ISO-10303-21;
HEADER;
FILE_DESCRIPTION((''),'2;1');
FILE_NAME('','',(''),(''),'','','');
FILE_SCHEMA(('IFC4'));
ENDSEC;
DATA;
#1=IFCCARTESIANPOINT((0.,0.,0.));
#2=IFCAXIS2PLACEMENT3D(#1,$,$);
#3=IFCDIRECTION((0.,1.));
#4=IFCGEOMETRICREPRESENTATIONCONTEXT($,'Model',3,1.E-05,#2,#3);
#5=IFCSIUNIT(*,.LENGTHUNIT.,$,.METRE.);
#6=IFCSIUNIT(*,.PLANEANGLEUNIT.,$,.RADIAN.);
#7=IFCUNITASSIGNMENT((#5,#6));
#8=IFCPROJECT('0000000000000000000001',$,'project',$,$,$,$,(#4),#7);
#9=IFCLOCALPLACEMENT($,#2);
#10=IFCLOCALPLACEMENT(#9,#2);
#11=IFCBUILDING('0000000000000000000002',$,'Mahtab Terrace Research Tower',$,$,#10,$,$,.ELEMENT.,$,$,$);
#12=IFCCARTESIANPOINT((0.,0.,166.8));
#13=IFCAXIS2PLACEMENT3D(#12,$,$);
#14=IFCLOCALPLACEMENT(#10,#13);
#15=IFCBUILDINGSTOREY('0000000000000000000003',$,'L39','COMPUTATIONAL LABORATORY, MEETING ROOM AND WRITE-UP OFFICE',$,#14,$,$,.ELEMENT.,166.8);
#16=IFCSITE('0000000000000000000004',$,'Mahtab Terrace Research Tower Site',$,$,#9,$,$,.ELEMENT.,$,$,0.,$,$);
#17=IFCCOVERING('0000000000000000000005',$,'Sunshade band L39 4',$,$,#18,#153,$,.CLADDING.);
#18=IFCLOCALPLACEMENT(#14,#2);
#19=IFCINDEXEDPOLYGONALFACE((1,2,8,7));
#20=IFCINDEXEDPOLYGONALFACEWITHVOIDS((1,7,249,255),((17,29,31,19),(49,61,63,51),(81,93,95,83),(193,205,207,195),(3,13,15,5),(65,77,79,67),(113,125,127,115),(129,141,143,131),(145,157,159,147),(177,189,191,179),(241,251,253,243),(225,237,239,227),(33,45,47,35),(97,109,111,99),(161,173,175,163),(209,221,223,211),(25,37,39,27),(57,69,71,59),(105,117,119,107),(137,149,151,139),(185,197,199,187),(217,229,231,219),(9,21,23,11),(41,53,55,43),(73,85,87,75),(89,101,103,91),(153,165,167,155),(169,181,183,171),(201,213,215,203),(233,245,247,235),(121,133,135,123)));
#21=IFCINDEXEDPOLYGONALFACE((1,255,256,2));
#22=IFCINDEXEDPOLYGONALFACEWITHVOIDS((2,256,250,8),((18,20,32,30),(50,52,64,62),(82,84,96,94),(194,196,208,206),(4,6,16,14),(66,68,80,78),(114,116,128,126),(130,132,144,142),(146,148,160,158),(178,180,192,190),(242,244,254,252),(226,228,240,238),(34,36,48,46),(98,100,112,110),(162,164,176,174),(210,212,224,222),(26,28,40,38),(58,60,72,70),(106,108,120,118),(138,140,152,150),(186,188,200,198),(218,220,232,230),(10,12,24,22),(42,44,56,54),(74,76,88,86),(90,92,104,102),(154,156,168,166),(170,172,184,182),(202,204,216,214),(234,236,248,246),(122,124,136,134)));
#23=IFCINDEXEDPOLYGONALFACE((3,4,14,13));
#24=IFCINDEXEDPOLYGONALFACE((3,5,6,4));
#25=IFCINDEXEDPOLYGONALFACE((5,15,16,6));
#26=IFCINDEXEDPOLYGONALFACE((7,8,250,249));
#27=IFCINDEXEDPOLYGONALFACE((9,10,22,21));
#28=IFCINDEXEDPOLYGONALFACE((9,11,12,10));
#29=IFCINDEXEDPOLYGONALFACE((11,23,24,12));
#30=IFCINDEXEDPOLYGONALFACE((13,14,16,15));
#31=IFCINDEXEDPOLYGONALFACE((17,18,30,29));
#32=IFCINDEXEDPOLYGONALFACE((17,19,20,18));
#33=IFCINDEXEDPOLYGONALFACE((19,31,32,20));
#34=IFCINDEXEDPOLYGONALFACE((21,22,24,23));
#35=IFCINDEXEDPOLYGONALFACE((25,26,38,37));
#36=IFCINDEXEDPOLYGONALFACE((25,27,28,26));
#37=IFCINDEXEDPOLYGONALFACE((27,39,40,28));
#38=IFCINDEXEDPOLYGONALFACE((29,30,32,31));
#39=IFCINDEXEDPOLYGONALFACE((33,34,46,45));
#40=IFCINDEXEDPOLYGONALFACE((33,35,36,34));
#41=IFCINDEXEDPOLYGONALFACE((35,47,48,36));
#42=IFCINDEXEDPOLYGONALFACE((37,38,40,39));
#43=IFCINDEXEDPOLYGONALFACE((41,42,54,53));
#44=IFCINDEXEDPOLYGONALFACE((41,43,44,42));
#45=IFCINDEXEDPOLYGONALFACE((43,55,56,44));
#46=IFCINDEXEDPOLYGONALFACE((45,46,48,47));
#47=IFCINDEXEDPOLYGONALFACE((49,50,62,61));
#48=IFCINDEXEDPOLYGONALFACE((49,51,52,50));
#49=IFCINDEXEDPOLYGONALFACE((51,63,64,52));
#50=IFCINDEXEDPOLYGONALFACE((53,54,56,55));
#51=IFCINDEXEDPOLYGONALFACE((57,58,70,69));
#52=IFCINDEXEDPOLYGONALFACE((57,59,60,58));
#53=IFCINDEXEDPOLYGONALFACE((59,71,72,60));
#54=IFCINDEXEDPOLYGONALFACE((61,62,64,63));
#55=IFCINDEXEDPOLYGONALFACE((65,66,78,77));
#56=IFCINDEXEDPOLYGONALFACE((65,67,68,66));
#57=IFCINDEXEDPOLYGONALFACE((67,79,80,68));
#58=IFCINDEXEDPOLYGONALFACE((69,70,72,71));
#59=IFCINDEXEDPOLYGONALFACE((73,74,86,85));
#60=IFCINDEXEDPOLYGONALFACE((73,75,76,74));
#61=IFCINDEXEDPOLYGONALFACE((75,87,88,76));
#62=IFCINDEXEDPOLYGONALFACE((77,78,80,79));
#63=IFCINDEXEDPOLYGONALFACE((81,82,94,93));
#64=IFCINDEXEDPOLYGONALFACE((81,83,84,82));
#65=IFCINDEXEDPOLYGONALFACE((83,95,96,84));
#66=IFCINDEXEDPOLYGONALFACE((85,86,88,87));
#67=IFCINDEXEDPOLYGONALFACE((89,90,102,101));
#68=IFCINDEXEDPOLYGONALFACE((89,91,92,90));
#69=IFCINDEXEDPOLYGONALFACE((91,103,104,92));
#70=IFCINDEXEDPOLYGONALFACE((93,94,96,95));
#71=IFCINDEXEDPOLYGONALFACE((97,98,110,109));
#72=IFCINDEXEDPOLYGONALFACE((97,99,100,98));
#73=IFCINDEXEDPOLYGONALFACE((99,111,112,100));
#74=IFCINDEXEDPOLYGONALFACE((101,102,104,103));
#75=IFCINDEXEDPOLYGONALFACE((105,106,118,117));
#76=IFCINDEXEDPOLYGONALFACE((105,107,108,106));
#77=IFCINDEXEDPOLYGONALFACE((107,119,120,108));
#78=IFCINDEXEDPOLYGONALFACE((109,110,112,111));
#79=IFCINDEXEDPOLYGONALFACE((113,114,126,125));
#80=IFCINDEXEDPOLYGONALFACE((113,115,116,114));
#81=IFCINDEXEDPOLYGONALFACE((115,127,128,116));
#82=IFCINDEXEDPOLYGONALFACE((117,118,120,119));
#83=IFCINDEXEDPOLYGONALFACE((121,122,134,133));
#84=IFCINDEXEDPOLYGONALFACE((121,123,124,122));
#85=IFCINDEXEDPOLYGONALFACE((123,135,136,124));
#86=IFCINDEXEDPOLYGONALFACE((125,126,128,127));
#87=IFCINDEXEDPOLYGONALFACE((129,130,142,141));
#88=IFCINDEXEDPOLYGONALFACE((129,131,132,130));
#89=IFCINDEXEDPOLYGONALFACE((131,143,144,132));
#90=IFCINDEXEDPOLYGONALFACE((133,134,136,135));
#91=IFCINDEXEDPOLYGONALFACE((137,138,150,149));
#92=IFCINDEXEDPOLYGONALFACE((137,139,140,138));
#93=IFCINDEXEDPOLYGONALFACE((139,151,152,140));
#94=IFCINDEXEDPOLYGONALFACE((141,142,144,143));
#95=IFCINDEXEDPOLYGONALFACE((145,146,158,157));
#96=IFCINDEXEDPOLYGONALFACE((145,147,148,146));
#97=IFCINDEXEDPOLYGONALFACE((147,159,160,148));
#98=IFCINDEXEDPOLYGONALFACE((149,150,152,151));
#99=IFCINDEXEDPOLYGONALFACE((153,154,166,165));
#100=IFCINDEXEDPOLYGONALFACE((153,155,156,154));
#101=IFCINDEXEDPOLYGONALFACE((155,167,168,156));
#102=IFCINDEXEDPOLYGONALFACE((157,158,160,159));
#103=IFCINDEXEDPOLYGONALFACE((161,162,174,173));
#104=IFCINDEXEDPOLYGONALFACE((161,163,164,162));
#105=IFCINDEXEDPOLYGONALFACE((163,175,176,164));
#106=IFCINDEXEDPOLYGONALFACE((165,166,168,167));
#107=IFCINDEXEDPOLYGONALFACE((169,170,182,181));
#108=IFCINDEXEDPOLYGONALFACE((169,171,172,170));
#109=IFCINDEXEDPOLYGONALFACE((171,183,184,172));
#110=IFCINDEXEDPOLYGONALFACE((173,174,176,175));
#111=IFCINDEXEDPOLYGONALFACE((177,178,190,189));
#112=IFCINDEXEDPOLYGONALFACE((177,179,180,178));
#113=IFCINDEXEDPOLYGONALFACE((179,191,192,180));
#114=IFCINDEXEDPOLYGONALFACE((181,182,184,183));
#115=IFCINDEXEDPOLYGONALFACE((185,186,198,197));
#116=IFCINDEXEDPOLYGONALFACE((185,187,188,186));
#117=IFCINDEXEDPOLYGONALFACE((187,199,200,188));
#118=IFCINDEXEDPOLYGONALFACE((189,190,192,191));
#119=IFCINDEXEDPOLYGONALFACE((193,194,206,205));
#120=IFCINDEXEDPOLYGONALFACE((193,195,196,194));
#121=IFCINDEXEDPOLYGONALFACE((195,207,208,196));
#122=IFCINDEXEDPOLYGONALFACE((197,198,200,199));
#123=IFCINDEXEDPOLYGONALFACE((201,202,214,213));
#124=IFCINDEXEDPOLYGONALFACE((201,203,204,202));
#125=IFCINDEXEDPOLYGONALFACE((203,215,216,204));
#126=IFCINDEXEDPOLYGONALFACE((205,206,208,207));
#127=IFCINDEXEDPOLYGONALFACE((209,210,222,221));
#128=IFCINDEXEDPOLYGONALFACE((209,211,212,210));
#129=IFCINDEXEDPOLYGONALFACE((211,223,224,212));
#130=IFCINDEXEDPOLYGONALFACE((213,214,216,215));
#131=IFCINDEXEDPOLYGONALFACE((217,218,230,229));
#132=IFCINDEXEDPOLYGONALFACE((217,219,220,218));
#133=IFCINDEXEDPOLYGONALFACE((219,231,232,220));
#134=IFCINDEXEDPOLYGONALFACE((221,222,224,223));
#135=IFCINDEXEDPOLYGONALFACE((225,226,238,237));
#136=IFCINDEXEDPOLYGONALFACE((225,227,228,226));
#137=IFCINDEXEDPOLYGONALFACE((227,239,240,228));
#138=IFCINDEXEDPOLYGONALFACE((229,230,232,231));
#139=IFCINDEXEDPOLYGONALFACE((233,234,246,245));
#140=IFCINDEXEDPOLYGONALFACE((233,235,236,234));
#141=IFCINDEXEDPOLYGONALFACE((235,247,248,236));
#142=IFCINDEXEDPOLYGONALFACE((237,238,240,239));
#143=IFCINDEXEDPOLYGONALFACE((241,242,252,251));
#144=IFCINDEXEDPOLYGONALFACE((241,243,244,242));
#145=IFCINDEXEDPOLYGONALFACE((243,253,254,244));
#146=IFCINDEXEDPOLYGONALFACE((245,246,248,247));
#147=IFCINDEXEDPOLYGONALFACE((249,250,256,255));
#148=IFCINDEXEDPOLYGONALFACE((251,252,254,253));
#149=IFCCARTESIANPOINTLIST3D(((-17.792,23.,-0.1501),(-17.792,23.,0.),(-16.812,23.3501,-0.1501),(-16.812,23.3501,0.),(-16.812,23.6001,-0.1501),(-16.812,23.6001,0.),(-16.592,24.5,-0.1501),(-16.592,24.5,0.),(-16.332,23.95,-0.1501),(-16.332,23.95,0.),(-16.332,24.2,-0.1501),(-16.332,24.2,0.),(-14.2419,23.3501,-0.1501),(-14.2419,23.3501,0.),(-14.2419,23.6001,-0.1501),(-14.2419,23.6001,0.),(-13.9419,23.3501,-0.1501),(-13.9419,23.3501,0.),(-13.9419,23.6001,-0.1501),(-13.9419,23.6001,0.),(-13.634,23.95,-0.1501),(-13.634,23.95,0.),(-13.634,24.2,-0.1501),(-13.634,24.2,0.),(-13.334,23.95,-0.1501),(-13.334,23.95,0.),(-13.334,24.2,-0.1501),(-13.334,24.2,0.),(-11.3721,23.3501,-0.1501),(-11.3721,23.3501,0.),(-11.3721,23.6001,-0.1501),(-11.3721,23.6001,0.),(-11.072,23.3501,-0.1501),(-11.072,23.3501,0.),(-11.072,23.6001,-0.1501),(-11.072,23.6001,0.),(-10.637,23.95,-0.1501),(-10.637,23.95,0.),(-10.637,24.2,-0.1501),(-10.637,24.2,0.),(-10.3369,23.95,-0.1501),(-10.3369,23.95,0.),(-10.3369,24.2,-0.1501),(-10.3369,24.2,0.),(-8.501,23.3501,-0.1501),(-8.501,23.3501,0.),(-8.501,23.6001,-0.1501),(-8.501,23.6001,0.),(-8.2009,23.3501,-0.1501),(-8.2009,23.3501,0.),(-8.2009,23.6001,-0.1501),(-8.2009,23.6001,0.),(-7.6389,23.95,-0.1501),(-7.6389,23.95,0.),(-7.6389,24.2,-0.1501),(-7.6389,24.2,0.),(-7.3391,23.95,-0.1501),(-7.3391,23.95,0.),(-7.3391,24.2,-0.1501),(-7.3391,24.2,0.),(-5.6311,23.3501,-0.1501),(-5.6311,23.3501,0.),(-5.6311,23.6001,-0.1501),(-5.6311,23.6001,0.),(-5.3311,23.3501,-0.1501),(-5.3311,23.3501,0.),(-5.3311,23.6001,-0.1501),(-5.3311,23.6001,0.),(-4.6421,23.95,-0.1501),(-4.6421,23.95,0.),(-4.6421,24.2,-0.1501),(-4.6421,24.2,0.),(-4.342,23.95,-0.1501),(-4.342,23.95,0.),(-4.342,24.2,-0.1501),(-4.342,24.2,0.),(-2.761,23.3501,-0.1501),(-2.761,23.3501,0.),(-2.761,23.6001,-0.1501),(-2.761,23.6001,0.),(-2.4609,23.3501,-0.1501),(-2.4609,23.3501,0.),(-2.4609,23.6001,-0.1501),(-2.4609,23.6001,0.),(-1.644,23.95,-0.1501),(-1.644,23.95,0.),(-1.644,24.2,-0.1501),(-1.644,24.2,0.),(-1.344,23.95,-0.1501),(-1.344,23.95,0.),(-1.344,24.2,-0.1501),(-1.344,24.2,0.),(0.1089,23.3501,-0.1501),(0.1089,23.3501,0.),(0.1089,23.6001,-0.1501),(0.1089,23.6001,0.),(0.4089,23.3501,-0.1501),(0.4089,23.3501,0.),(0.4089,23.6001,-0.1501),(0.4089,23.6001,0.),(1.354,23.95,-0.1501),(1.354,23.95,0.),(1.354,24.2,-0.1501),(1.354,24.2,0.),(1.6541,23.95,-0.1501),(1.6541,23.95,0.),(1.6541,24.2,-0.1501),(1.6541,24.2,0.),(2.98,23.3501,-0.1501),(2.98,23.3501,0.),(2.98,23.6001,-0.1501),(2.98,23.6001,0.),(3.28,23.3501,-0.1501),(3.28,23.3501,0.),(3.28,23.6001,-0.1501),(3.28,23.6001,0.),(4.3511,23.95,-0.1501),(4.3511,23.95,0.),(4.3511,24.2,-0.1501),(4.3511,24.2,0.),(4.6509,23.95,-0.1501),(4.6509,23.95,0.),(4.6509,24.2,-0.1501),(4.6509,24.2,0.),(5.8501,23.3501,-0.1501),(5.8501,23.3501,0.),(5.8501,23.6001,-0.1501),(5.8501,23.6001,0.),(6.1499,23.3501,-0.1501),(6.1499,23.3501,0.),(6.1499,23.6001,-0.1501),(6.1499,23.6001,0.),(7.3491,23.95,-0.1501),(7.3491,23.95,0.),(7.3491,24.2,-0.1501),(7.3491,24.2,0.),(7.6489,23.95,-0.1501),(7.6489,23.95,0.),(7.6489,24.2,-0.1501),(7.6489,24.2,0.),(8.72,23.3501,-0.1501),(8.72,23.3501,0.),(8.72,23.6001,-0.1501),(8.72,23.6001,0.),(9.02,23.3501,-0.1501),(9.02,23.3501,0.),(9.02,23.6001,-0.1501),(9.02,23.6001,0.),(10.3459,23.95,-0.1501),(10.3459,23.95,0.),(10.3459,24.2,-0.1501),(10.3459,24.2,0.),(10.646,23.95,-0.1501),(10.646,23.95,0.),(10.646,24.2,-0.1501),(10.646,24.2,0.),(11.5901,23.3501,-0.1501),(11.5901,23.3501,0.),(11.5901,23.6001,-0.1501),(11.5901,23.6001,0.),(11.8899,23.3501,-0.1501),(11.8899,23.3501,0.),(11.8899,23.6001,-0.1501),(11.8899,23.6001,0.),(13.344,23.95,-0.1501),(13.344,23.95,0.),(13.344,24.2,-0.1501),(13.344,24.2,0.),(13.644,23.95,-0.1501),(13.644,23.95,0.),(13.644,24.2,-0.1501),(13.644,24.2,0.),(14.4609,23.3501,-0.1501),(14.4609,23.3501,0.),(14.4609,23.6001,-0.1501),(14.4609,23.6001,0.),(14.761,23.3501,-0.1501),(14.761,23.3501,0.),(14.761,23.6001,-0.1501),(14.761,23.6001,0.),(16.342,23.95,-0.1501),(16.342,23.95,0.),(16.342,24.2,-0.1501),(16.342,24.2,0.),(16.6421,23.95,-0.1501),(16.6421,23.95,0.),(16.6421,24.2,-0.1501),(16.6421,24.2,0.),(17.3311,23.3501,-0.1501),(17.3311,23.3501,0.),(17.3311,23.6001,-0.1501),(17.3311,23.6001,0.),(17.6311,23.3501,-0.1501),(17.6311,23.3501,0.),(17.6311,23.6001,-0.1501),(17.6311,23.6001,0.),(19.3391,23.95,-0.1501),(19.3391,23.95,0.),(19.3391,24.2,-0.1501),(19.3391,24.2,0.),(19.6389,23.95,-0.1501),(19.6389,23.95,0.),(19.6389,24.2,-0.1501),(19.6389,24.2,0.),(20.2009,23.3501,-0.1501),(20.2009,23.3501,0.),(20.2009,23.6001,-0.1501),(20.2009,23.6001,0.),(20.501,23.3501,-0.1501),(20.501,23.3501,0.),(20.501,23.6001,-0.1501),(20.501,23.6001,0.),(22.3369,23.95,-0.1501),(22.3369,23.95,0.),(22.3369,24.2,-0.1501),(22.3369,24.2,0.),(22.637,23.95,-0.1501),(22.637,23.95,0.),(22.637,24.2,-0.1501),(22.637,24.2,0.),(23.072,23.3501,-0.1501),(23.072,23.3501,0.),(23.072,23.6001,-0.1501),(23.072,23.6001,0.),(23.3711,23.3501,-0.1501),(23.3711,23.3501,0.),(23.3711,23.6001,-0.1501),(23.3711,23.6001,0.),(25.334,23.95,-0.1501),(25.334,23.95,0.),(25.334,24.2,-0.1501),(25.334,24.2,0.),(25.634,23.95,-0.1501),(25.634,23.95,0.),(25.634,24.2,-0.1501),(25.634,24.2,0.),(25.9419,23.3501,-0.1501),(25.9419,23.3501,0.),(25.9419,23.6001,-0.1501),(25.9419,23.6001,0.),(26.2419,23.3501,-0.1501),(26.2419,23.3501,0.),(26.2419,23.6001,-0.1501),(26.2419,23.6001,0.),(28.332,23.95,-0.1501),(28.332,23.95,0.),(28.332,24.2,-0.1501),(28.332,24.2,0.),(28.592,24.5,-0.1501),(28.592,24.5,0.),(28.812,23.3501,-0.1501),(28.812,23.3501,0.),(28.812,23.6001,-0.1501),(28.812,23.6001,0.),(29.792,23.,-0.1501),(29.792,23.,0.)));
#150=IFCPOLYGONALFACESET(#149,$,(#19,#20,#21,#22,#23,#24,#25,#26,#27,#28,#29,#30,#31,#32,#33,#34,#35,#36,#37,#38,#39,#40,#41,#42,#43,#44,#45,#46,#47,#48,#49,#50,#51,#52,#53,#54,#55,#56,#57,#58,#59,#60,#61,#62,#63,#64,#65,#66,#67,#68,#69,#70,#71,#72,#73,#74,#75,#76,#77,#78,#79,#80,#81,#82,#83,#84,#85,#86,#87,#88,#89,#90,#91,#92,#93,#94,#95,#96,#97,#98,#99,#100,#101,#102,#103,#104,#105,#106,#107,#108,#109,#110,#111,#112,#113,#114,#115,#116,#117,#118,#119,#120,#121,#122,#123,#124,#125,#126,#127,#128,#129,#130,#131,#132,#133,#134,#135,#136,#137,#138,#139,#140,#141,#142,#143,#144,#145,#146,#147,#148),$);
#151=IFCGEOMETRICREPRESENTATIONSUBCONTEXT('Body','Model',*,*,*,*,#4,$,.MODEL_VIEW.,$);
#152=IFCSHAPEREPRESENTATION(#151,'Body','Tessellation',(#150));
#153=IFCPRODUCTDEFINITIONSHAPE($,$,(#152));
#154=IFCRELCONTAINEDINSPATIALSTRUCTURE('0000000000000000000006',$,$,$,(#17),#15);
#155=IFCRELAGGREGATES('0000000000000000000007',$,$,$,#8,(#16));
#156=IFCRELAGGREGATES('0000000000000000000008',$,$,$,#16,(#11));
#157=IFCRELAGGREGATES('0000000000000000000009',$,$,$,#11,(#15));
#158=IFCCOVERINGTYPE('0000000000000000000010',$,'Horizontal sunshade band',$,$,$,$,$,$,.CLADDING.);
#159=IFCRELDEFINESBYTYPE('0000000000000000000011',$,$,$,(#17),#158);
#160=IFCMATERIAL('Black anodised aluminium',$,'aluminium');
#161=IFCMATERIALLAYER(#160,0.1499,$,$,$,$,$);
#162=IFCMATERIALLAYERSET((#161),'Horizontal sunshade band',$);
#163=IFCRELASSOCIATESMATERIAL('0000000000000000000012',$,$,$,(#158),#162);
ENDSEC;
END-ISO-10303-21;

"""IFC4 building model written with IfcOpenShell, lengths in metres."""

from ifc_helpers import new_model, si_unit, direction, frame, origin, place, context, subcontext, project, spatial, polyline, outline, extrude, material, layer, layer_set, type_object, element, save


model = new_model("IFC4")

# Units and contexts
model_context = context("Model", 3, precision=1e-05, world=origin(), true_north=direction((0.0, 1.0)))
body_context = subcontext(model_context, "Body", "Model", "MODEL_VIEW")
ifc_project = project(units=[si_unit("LENGTHUNIT", "METRE"), si_unit("PLANEANGLEUNIT", "RADIAN")], contexts=[model_context])

# Site, building, storey
site_placement = place(None, origin())
site = spatial("IfcSite", under=ifc_project, at=site_placement, Name="Mahtab Terrace Research Tower Site", CompositionType="ELEMENT", RefElevation=0.0)
building_placement = place(site_placement, origin())
building = spatial("IfcBuilding", under=site, at=building_placement, Name="Mahtab Terrace Research Tower", CompositionType="ELEMENT")
storey_placement = place(building_placement, frame((0.0, 0.0, 166.8)))
storey = spatial("IfcBuildingStorey", under=building, at=storey_placement, Name="L39", Description="COMPUTATIONAL LABORATORY, MEETING ROOM AND WRITE-UP OFFICE", CompositionType="ELEMENT", Elevation=166.8)

# Covering
ifc_material_1 = material(Name="Black anodised aluminium", Category="aluminium")
ifc_layer_1 = layer(ifc_material_1, 0.1499)
ifc_layer_set_1 = layer_set([ifc_layer_1], Name="Horizontal sunshade band")
covering_type = type_object("IfcCoveringType", Name="Horizontal sunshade band", PredefinedType="CLADDING", material=ifc_layer_set_1)
covering_1_placement = place(storey_placement, frame((0.0, 0.0, -0.1501)))
element("IfcCovering", 1, at=covering_1_placement, inside=storey, type_object=covering_type, Name="Sunshade band L39 4", PredefinedType="CLADDING", context=body_context, shape_type="SweptSolid", body=[
    extrude(outline(polyline([(29.792, 23.0), (-17.792, 23.0), (-16.592, 24.5), (28.592, 24.5), (29.792, 23.0)]), holes=[polyline([(28.812, 23.3501), (26.2419, 23.3501), (26.2419, 23.6001), (28.812, 23.6001), (28.812, 23.3501)]), polyline([(25.9419, 23.3501), (23.3711, 23.3501), (23.3711, 23.6001), (25.9419, 23.6001), (25.9419, 23.3501)]), polyline([(23.072, 23.3501), (20.501, 23.3501), (20.501, 23.6001), (23.072, 23.6001), (23.072, 23.3501)]), polyline([(20.2009, 23.3501), (17.6311, 23.3501), (17.6311, 23.6001), (20.2009, 23.6001), (20.2009, 23.3501)]), polyline([(17.3311, 23.3501), (14.761, 23.3501), (14.761, 23.6001), (17.3311, 23.6001), (17.3311, 23.3501)]), polyline([(14.4609, 23.3501), (11.8899, 23.3501), (11.8899, 23.6001), (14.4609, 23.6001), (14.4609, 23.3501)]), polyline([(11.5901, 23.3501), (9.02, 23.3501), (9.02, 23.6001), (11.5901, 23.6001), (11.5901, 23.3501)]), polyline([(8.72, 23.3501), (6.1499, 23.3501), (6.1499, 23.6001), (8.72, 23.6001), (8.72, 23.3501)]), polyline([(5.8501, 23.3501), (3.28, 23.3501), (3.28, 23.6001), (5.8501, 23.6001), (5.8501, 23.3501)]), polyline([(2.98, 23.3501), (0.4089, 23.3501), (0.4089, 23.6001), (2.98, 23.6001), (2.98, 23.3501)]), polyline([(0.1089, 23.3501), (-2.4609, 23.3501), (-2.4609, 23.6001), (0.1089, 23.6001), (0.1089, 23.3501)]), polyline([(-2.761, 23.3501), (-5.3311, 23.3501), (-5.3311, 23.6001), (-2.761, 23.6001), (-2.761, 23.3501)]), polyline([(-5.6311, 23.3501), (-8.2009, 23.3501), (-8.2009, 23.6001), (-5.6311, 23.6001), (-5.6311, 23.3501)]), polyline([(-8.501, 23.3501), (-11.072, 23.3501), (-11.072, 23.6001), (-8.501, 23.6001), (-8.501, 23.3501)]), polyline([(-11.3721, 23.3501), (-13.9419, 23.3501), (-13.9419, 23.6001), (-11.3721, 23.6001), (-11.3721, 23.3501)]), polyline([(-14.2419, 23.3501), (-16.812, 23.3501), (-16.812, 23.6001), (-14.2419, 23.6001), (-14.2419, 23.3501)]), polyline([(28.332, 23.95), (25.634, 23.95), (25.634, 24.2), (28.332, 24.2), (28.332, 23.95)]), polyline([(25.334, 23.95), (22.637, 23.95), (22.637, 24.2), (25.334, 24.2), (25.334, 23.95)]), polyline([(22.3369, 23.95), (19.6389, 23.95), (19.6389, 24.2), (22.3369, 24.2), (22.3369, 23.95)]), polyline([(19.3391, 23.95), (16.6421, 23.95), (16.6421, 24.2), (19.3391, 24.2), (19.3391, 23.95)]), polyline([(16.342, 23.95), (13.644, 23.95), (13.644, 24.2), (16.342, 24.2), (16.342, 23.95)]), polyline([(13.344, 23.95), (10.646, 23.95), (10.646, 24.2), (13.344, 24.2), (13.344, 23.95)]), polyline([(10.3459, 23.95), (7.6489, 23.95), (7.6489, 24.2), (10.3459, 24.2), (10.3459, 23.95)]), polyline([(7.3491, 23.95), (4.6509, 23.95), (4.6509, 24.2), (7.3491, 24.2), (7.3491, 23.95)]), polyline([(4.3511, 23.95), (1.6541, 23.95), (1.6541, 24.2), (4.3511, 24.2), (4.3511, 23.95)]), polyline([(1.354, 23.95), (-1.344, 23.95), (-1.344, 24.2), (1.354, 24.2), (1.354, 23.95)]), polyline([(-1.644, 23.95), (-4.342, 23.95), (-4.342, 24.2), (-1.644, 24.2), (-1.644, 23.95)]), polyline([(-4.6421, 23.95), (-7.3391, 23.95), (-7.3391, 24.2), (-4.6421, 24.2), (-4.6421, 23.95)]), polyline([(-7.6389, 23.95), (-10.3369, 23.95), (-10.3369, 24.2), (-7.6389, 24.2), (-7.6389, 23.95)]), polyline([(-10.637, 23.95), (-13.334, 23.95), (-13.334, 24.2), (-10.637, 24.2), (-10.637, 23.95)]), polyline([(-13.634, 23.95), (-16.332, 23.95), (-16.332, 24.2), (-13.634, 24.2), (-13.634, 23.95)])]), origin(), (0.0, 0.0, 1.0), 0.1501),
])

save(model, "model.ifc")
